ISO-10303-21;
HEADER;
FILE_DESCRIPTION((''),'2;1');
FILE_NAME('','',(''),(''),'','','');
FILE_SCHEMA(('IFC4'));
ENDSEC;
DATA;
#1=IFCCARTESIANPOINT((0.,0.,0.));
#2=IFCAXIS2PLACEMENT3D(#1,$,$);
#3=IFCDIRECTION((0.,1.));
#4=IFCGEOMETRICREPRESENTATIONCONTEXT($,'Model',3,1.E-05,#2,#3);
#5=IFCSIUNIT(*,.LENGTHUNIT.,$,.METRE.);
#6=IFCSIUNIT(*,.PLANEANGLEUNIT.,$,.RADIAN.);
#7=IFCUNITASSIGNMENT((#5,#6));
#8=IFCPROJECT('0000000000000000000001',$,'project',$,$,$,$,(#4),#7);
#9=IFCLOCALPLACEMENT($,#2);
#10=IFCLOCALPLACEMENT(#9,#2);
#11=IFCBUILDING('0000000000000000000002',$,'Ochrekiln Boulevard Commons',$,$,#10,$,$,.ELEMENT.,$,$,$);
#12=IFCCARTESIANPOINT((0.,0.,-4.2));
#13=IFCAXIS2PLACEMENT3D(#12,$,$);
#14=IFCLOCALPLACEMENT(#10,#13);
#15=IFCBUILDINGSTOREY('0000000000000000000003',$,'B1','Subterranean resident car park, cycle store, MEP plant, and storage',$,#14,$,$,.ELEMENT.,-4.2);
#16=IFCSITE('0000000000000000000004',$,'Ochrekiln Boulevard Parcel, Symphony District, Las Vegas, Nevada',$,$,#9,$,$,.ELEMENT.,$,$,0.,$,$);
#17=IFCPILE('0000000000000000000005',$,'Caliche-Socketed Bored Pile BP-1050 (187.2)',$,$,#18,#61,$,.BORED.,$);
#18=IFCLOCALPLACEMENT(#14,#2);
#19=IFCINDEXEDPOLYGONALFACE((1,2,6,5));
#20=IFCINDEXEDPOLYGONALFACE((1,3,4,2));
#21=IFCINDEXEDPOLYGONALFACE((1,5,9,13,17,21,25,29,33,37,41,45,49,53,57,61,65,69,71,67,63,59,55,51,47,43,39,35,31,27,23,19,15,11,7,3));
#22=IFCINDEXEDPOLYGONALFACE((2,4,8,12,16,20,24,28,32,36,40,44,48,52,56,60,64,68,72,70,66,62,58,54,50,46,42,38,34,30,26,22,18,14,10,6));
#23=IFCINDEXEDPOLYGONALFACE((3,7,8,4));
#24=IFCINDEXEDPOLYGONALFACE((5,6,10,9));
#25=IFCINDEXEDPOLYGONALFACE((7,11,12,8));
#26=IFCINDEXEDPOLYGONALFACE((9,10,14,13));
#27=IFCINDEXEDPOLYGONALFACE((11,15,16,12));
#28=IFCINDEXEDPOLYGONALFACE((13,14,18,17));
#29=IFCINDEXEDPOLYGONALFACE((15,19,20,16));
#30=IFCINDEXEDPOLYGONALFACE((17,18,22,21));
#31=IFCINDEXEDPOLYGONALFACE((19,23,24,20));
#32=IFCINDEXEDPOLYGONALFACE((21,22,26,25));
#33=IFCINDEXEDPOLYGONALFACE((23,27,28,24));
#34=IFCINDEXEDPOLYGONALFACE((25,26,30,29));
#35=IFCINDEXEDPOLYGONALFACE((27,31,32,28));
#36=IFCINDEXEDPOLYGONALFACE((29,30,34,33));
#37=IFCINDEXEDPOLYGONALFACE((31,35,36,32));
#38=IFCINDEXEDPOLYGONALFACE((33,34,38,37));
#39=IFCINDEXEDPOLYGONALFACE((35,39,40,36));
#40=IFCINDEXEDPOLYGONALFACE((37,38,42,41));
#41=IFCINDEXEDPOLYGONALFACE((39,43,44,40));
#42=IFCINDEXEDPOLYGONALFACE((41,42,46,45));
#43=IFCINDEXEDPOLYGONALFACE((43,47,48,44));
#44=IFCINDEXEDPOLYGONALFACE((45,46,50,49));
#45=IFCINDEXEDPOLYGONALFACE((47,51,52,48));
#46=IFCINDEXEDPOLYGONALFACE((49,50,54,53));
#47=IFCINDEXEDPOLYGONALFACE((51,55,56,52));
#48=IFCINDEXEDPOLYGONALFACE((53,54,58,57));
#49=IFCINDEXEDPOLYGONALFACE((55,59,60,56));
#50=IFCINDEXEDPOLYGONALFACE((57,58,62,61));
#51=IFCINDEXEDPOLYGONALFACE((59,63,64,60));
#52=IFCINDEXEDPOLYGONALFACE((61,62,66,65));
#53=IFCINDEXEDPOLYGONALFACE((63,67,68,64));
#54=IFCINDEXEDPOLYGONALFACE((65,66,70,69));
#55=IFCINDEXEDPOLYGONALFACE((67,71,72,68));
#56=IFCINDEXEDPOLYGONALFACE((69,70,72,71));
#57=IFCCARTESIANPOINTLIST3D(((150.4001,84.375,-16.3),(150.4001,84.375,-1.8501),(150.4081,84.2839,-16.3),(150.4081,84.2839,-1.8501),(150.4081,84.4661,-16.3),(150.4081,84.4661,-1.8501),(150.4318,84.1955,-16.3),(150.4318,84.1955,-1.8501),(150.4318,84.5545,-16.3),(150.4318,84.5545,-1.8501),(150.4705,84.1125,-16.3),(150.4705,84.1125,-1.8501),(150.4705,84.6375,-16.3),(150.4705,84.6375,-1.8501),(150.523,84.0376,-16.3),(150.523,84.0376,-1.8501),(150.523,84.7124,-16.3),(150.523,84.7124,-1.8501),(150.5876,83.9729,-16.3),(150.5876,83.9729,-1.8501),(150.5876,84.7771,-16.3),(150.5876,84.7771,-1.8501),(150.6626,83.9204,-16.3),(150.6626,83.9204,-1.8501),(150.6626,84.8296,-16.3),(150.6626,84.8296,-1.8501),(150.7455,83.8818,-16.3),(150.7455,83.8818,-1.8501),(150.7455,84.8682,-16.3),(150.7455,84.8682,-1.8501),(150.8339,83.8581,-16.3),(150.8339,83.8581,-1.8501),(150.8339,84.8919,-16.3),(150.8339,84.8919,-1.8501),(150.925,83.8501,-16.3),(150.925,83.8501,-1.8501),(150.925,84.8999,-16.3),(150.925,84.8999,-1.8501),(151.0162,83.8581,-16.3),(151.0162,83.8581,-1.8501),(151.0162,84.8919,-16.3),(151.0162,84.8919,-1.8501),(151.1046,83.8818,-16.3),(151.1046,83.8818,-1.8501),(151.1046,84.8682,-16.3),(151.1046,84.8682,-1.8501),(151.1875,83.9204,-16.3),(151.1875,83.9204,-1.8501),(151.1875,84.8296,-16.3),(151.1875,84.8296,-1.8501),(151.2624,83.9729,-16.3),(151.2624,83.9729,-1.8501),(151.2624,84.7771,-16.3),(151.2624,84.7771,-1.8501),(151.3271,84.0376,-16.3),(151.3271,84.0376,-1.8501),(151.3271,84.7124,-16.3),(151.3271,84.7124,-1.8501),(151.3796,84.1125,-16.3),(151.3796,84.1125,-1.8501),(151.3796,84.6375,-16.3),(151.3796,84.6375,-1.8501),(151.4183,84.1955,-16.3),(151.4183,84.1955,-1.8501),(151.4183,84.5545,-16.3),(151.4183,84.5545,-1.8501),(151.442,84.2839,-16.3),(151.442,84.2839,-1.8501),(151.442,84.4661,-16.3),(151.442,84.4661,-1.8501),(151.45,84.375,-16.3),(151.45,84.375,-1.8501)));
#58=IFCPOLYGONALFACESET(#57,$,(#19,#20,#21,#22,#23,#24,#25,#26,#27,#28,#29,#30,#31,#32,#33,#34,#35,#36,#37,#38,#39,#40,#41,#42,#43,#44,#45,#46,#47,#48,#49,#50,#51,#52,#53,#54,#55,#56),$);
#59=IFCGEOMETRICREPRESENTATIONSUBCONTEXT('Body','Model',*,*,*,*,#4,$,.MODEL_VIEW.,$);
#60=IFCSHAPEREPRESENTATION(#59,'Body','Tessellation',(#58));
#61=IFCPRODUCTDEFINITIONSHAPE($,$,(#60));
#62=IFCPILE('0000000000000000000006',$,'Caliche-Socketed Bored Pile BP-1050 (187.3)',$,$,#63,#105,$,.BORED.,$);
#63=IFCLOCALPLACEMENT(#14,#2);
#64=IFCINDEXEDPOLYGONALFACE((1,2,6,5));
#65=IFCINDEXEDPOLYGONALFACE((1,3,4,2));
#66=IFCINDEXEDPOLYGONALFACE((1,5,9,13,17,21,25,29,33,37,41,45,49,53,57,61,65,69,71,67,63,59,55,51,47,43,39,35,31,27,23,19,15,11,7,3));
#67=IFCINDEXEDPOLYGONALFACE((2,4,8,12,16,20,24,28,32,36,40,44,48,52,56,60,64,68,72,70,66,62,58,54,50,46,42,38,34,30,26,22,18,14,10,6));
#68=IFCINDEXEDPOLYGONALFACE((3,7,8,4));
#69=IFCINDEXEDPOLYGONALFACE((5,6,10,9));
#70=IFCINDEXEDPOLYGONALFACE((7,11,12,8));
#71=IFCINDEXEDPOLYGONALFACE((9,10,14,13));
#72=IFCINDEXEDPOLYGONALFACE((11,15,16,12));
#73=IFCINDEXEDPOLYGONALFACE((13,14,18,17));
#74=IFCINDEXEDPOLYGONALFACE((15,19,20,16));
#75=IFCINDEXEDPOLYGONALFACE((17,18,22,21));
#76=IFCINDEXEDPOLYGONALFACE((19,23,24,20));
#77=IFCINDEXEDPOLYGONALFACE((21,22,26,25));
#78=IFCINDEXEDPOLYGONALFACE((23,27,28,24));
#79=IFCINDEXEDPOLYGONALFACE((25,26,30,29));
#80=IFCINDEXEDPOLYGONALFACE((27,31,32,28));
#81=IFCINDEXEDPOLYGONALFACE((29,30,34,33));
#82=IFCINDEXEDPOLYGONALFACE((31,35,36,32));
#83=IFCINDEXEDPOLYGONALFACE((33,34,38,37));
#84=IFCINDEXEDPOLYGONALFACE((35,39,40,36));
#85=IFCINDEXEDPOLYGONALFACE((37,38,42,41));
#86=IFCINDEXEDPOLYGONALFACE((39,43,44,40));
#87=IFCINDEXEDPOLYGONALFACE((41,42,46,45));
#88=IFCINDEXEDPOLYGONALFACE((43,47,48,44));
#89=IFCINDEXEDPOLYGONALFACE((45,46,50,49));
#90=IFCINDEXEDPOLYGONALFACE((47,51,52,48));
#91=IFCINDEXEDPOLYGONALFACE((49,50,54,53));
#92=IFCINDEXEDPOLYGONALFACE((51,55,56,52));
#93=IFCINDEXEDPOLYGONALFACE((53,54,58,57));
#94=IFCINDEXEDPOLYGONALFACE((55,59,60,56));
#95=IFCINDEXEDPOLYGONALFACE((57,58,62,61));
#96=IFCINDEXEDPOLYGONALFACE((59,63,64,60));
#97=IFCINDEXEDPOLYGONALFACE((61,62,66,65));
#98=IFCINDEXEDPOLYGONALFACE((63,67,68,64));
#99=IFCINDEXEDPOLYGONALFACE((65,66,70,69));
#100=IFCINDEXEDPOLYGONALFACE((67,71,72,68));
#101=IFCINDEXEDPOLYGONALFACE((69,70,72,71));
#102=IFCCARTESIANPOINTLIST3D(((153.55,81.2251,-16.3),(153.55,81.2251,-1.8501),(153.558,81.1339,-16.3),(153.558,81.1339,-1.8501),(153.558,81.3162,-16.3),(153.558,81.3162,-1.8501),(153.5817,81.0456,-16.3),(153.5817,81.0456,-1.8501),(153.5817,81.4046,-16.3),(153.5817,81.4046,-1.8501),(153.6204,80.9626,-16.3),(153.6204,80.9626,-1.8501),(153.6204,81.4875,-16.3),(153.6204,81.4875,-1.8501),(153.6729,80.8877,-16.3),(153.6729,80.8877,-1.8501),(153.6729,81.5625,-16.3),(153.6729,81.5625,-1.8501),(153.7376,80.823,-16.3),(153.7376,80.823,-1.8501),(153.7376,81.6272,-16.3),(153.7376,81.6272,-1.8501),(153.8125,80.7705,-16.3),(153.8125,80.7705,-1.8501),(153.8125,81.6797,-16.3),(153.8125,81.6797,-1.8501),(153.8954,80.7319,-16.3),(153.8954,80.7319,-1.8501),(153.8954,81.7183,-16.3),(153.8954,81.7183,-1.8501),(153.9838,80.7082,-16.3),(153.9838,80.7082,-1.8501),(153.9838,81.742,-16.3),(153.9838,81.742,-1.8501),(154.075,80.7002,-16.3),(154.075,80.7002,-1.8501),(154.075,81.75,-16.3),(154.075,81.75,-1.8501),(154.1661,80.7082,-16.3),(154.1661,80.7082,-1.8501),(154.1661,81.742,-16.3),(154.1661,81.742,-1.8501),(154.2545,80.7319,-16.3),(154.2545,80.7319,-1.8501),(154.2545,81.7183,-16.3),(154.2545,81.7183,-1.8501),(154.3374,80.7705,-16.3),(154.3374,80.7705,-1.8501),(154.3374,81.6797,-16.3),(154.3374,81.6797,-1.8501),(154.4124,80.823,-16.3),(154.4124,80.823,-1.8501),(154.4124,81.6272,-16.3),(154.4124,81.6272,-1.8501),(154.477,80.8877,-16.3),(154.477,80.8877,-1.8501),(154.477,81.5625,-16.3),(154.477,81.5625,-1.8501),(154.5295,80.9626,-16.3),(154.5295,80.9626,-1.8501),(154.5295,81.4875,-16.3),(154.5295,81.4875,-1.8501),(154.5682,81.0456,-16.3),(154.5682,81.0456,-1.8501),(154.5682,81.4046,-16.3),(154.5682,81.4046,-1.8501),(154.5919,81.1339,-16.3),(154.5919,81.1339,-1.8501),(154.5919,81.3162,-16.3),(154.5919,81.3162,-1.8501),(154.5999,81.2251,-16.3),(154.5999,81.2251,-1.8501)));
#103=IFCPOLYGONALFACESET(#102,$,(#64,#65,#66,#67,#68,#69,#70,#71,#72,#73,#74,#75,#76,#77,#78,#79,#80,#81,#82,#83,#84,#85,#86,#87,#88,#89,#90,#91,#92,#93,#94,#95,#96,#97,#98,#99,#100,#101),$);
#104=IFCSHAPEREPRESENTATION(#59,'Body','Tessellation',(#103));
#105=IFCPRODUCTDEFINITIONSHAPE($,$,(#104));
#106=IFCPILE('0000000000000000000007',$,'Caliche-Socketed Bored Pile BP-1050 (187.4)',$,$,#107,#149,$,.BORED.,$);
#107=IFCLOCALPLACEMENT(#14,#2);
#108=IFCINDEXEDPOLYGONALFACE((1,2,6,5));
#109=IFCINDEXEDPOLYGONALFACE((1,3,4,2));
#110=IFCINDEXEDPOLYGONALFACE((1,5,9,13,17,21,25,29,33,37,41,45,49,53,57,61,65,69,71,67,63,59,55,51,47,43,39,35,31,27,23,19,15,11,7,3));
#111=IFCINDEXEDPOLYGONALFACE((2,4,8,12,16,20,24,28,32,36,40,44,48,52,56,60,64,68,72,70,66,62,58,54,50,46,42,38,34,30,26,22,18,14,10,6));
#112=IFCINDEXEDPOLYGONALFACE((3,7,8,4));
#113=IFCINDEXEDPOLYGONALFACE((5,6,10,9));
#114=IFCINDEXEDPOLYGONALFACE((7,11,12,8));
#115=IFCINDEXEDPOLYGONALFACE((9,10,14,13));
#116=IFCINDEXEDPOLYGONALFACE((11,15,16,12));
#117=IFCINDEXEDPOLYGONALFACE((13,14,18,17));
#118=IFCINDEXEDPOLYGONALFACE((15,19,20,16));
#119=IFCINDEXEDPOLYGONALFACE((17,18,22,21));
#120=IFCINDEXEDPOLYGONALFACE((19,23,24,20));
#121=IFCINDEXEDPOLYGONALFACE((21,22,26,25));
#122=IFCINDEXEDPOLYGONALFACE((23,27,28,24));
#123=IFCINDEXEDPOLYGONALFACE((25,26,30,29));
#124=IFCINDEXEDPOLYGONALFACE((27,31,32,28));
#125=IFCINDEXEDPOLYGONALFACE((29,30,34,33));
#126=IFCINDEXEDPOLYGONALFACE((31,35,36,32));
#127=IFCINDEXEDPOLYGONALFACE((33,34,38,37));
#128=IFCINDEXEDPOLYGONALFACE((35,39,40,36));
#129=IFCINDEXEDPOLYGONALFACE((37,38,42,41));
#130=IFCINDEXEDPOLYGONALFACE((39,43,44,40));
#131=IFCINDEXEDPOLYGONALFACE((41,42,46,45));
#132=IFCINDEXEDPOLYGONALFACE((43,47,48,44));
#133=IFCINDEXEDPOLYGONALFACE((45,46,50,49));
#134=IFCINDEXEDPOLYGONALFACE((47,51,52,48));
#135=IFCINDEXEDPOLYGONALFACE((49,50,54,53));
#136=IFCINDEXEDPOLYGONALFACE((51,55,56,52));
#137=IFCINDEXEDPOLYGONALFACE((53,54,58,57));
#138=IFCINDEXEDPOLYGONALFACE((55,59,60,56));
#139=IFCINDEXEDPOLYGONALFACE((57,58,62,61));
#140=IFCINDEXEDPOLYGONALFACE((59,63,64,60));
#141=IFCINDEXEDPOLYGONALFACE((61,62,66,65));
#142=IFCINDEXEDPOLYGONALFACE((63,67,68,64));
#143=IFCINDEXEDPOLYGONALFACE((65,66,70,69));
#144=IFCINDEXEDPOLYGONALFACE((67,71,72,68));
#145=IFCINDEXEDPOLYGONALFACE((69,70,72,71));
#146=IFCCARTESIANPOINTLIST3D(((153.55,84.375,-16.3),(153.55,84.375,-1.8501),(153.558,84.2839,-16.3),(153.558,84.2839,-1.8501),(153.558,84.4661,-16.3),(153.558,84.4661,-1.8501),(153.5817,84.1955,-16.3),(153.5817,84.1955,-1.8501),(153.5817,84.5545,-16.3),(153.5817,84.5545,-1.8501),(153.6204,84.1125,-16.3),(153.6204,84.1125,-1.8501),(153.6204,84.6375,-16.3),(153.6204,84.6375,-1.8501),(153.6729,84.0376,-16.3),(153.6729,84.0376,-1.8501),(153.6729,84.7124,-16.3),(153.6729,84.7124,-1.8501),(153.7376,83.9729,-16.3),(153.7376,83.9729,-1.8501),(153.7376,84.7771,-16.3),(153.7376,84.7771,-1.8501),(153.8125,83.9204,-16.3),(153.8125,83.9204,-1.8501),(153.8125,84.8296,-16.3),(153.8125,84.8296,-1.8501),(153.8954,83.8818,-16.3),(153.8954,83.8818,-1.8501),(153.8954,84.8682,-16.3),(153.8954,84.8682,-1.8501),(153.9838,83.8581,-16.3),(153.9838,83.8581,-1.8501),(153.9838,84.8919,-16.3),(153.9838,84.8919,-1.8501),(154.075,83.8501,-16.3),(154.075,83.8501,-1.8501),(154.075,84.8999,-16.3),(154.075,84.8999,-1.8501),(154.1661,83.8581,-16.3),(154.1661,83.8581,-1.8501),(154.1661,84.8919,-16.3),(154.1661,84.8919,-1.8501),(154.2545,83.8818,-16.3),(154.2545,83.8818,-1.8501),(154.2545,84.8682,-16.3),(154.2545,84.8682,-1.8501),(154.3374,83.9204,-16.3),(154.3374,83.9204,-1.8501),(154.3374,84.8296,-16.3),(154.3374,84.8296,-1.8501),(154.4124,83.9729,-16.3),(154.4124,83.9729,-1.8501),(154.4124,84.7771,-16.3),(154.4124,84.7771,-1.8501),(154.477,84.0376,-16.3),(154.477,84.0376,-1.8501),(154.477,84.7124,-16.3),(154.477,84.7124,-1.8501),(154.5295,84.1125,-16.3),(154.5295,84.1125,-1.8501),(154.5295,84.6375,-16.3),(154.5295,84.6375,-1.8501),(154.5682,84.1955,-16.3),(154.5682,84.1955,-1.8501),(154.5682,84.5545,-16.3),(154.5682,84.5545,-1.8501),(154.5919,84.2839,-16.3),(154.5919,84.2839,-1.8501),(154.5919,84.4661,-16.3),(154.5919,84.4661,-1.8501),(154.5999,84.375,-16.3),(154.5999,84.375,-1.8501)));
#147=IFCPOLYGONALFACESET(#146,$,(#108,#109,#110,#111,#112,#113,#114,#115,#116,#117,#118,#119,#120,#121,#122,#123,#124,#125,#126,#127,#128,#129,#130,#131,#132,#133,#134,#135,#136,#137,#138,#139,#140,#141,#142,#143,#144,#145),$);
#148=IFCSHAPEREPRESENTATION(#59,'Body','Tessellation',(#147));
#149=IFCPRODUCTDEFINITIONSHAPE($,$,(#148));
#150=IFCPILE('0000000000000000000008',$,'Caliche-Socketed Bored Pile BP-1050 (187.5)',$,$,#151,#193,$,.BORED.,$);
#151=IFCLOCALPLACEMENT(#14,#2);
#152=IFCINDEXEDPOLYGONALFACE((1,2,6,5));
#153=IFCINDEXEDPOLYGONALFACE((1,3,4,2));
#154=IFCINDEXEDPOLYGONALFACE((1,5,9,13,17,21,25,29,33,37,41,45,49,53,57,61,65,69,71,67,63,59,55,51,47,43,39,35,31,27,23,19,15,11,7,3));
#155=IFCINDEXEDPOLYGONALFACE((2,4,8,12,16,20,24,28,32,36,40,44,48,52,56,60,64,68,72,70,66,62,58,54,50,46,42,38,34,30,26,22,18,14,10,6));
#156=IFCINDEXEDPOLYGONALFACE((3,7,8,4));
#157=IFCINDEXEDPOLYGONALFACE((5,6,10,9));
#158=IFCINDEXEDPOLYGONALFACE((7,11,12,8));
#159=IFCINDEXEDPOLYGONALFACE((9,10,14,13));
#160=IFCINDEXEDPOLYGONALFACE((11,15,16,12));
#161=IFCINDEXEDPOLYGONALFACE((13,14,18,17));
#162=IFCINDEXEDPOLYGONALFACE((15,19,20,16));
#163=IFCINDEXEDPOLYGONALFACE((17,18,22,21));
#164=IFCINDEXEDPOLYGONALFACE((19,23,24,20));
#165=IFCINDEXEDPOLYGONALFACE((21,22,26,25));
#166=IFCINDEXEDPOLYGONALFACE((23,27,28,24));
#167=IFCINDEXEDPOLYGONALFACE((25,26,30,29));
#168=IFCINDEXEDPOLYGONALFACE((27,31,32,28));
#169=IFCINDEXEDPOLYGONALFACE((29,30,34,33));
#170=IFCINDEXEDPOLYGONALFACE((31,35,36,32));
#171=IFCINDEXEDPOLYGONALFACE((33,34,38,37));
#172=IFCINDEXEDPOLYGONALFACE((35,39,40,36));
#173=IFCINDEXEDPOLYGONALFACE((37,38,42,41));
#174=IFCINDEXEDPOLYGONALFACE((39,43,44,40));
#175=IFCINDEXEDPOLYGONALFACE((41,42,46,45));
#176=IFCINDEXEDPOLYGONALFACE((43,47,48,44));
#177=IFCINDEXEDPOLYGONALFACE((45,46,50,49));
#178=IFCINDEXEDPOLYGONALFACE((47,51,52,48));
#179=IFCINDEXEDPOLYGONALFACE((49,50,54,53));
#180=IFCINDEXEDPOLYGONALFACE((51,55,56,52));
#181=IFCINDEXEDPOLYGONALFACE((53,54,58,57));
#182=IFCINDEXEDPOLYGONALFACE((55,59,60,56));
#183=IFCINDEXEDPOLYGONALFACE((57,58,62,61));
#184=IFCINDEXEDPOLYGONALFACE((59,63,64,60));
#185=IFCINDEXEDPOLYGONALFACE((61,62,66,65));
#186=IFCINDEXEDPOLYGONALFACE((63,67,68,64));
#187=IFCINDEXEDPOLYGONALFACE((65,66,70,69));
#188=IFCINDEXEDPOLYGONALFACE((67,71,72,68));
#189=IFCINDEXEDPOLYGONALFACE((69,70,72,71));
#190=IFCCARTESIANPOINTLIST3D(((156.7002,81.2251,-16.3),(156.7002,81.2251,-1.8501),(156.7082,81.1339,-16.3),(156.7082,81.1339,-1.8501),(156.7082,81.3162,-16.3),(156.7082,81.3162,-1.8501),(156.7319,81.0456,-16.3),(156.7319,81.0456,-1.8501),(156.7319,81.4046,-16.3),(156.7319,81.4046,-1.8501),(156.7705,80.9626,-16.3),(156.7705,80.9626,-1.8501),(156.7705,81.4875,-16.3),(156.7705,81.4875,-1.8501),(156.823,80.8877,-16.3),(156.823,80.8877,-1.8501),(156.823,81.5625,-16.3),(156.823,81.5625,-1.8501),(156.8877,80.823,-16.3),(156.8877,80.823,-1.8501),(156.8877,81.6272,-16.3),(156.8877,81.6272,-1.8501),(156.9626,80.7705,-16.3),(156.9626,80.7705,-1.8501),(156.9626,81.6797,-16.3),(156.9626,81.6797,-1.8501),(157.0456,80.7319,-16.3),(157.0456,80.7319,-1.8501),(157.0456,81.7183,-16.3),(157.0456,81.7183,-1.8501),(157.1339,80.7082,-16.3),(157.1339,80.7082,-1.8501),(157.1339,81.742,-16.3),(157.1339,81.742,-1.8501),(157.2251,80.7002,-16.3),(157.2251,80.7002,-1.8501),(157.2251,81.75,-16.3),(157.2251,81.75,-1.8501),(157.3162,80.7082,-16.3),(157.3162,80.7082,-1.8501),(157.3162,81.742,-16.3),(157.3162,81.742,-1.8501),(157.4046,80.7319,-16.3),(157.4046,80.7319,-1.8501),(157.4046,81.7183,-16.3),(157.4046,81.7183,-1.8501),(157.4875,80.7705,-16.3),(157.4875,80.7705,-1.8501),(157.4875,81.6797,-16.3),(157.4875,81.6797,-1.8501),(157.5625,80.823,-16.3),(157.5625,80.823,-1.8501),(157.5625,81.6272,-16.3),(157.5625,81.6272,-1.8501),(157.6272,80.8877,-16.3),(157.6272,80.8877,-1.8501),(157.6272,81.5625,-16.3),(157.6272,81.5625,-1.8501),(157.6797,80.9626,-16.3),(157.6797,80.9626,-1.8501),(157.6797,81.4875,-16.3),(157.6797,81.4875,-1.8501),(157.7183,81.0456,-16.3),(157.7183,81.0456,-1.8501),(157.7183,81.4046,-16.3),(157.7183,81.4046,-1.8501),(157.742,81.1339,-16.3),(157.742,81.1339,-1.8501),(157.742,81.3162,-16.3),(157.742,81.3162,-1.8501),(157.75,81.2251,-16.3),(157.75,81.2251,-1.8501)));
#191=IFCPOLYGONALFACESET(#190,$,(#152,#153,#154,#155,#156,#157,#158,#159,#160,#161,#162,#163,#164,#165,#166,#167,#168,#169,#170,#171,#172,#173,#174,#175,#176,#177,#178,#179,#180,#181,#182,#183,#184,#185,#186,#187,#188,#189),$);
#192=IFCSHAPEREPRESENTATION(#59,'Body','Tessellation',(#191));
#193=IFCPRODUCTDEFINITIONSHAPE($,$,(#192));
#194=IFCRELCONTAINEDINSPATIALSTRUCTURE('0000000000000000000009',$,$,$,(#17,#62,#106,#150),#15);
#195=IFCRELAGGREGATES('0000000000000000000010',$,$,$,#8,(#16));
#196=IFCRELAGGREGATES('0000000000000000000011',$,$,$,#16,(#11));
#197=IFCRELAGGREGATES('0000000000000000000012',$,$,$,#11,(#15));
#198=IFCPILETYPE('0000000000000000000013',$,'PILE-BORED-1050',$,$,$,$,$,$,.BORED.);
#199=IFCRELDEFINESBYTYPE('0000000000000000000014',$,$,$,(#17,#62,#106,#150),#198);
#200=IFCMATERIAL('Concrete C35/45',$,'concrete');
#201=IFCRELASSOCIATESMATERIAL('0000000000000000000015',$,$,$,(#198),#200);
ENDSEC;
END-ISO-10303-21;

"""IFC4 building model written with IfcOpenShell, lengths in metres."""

from ifc_helpers import new_model, si_unit, direction, frame, origin, origin_2d, place, context, subcontext, project, spatial, circle, extrude, material, material_profile, profile_set, type_object, element, save


model = new_model("IFC4")

# Units and contexts
model_context = context("Model", 3, precision=1e-05, world=origin(), true_north=direction((0.0, 1.0)))
body_context = subcontext(model_context, "Body", "Model", "MODEL_VIEW")
ifc_project = project(units=[si_unit("LENGTHUNIT", "METRE"), si_unit("PLANEANGLEUNIT", "RADIAN")], contexts=[model_context])

# Site, building, storey
site_placement = place(None, origin())
site = spatial("IfcSite", under=ifc_project, at=site_placement, Name="Ochrekiln Boulevard Parcel, Symphony District, Las Vegas, Nevada", CompositionType="ELEMENT", RefElevation=0.0)
building_placement = place(site_placement, origin())
building = spatial("IfcBuilding", under=site, at=building_placement, Name="Ochrekiln Boulevard Commons", CompositionType="ELEMENT")
storey_placement = place(building_placement, frame((0.0, 0.0, -4.2)))
storey = spatial("IfcBuildingStorey", under=building, at=storey_placement, Name="B1", Description="Subterranean resident car park, cycle store, MEP plant, and storage", CompositionType="ELEMENT", Elevation=-4.2)

# Shared definitions
ifc_material_1 = material(Name="Concrete C35/45", Category="concrete")

# Piles
ifc_material_profile_1 = material_profile(ifc_material_1, circle(Radius=0.5249, at=origin_2d()), Name="PILE-D1050")
ifc_profile_set_1 = profile_set([ifc_material_profile_1], Name="Concrete C35/45")
pile_type = type_object("IfcPileType", Name="PILE-BORED-1050", PredefinedType="BORED", material=ifc_profile_set_1)
for number, where, z_axis, x_axis, name in (
    (1, (150.925, 84.375, -1.8501), (0.0, 0.0, -1.0), (1.0, 0.0, 0.0), "Caliche-Socketed Bored Pile BP-1050 (187.2)"),
    (2, (154.075, 81.2251, -1.8501), (0.0, 0.0, -1.0), (1.0, 0.0, 0.0), "Caliche-Socketed Bored Pile BP-1050 (187.3)"),
    (3, (154.075, 84.375, -1.8501), (0.0, 0.0, -1.0), (1.0, 0.0, 0.0), "Caliche-Socketed Bored Pile BP-1050 (187.4)"),
    (4, (157.2251, 81.2251, -1.8501), (0.0, 0.0, -1.0), (1.0, 0.0, 0.0), "Caliche-Socketed Bored Pile BP-1050 (187.5)"),
):
    element("IfcPile", number, at=place(storey_placement, frame(where, z_axis=z_axis, x_axis=x_axis)), inside=storey, type_object=pile_type, Name=name, PredefinedType="BORED", context=body_context, shape_type="SweptSolid", body=[
        extrude(circle(Radius=0.5249, at=origin_2d()), origin(), (0.0, 0.0, 1.0), 14.45),
    ])

save(model, "model.ifc")
